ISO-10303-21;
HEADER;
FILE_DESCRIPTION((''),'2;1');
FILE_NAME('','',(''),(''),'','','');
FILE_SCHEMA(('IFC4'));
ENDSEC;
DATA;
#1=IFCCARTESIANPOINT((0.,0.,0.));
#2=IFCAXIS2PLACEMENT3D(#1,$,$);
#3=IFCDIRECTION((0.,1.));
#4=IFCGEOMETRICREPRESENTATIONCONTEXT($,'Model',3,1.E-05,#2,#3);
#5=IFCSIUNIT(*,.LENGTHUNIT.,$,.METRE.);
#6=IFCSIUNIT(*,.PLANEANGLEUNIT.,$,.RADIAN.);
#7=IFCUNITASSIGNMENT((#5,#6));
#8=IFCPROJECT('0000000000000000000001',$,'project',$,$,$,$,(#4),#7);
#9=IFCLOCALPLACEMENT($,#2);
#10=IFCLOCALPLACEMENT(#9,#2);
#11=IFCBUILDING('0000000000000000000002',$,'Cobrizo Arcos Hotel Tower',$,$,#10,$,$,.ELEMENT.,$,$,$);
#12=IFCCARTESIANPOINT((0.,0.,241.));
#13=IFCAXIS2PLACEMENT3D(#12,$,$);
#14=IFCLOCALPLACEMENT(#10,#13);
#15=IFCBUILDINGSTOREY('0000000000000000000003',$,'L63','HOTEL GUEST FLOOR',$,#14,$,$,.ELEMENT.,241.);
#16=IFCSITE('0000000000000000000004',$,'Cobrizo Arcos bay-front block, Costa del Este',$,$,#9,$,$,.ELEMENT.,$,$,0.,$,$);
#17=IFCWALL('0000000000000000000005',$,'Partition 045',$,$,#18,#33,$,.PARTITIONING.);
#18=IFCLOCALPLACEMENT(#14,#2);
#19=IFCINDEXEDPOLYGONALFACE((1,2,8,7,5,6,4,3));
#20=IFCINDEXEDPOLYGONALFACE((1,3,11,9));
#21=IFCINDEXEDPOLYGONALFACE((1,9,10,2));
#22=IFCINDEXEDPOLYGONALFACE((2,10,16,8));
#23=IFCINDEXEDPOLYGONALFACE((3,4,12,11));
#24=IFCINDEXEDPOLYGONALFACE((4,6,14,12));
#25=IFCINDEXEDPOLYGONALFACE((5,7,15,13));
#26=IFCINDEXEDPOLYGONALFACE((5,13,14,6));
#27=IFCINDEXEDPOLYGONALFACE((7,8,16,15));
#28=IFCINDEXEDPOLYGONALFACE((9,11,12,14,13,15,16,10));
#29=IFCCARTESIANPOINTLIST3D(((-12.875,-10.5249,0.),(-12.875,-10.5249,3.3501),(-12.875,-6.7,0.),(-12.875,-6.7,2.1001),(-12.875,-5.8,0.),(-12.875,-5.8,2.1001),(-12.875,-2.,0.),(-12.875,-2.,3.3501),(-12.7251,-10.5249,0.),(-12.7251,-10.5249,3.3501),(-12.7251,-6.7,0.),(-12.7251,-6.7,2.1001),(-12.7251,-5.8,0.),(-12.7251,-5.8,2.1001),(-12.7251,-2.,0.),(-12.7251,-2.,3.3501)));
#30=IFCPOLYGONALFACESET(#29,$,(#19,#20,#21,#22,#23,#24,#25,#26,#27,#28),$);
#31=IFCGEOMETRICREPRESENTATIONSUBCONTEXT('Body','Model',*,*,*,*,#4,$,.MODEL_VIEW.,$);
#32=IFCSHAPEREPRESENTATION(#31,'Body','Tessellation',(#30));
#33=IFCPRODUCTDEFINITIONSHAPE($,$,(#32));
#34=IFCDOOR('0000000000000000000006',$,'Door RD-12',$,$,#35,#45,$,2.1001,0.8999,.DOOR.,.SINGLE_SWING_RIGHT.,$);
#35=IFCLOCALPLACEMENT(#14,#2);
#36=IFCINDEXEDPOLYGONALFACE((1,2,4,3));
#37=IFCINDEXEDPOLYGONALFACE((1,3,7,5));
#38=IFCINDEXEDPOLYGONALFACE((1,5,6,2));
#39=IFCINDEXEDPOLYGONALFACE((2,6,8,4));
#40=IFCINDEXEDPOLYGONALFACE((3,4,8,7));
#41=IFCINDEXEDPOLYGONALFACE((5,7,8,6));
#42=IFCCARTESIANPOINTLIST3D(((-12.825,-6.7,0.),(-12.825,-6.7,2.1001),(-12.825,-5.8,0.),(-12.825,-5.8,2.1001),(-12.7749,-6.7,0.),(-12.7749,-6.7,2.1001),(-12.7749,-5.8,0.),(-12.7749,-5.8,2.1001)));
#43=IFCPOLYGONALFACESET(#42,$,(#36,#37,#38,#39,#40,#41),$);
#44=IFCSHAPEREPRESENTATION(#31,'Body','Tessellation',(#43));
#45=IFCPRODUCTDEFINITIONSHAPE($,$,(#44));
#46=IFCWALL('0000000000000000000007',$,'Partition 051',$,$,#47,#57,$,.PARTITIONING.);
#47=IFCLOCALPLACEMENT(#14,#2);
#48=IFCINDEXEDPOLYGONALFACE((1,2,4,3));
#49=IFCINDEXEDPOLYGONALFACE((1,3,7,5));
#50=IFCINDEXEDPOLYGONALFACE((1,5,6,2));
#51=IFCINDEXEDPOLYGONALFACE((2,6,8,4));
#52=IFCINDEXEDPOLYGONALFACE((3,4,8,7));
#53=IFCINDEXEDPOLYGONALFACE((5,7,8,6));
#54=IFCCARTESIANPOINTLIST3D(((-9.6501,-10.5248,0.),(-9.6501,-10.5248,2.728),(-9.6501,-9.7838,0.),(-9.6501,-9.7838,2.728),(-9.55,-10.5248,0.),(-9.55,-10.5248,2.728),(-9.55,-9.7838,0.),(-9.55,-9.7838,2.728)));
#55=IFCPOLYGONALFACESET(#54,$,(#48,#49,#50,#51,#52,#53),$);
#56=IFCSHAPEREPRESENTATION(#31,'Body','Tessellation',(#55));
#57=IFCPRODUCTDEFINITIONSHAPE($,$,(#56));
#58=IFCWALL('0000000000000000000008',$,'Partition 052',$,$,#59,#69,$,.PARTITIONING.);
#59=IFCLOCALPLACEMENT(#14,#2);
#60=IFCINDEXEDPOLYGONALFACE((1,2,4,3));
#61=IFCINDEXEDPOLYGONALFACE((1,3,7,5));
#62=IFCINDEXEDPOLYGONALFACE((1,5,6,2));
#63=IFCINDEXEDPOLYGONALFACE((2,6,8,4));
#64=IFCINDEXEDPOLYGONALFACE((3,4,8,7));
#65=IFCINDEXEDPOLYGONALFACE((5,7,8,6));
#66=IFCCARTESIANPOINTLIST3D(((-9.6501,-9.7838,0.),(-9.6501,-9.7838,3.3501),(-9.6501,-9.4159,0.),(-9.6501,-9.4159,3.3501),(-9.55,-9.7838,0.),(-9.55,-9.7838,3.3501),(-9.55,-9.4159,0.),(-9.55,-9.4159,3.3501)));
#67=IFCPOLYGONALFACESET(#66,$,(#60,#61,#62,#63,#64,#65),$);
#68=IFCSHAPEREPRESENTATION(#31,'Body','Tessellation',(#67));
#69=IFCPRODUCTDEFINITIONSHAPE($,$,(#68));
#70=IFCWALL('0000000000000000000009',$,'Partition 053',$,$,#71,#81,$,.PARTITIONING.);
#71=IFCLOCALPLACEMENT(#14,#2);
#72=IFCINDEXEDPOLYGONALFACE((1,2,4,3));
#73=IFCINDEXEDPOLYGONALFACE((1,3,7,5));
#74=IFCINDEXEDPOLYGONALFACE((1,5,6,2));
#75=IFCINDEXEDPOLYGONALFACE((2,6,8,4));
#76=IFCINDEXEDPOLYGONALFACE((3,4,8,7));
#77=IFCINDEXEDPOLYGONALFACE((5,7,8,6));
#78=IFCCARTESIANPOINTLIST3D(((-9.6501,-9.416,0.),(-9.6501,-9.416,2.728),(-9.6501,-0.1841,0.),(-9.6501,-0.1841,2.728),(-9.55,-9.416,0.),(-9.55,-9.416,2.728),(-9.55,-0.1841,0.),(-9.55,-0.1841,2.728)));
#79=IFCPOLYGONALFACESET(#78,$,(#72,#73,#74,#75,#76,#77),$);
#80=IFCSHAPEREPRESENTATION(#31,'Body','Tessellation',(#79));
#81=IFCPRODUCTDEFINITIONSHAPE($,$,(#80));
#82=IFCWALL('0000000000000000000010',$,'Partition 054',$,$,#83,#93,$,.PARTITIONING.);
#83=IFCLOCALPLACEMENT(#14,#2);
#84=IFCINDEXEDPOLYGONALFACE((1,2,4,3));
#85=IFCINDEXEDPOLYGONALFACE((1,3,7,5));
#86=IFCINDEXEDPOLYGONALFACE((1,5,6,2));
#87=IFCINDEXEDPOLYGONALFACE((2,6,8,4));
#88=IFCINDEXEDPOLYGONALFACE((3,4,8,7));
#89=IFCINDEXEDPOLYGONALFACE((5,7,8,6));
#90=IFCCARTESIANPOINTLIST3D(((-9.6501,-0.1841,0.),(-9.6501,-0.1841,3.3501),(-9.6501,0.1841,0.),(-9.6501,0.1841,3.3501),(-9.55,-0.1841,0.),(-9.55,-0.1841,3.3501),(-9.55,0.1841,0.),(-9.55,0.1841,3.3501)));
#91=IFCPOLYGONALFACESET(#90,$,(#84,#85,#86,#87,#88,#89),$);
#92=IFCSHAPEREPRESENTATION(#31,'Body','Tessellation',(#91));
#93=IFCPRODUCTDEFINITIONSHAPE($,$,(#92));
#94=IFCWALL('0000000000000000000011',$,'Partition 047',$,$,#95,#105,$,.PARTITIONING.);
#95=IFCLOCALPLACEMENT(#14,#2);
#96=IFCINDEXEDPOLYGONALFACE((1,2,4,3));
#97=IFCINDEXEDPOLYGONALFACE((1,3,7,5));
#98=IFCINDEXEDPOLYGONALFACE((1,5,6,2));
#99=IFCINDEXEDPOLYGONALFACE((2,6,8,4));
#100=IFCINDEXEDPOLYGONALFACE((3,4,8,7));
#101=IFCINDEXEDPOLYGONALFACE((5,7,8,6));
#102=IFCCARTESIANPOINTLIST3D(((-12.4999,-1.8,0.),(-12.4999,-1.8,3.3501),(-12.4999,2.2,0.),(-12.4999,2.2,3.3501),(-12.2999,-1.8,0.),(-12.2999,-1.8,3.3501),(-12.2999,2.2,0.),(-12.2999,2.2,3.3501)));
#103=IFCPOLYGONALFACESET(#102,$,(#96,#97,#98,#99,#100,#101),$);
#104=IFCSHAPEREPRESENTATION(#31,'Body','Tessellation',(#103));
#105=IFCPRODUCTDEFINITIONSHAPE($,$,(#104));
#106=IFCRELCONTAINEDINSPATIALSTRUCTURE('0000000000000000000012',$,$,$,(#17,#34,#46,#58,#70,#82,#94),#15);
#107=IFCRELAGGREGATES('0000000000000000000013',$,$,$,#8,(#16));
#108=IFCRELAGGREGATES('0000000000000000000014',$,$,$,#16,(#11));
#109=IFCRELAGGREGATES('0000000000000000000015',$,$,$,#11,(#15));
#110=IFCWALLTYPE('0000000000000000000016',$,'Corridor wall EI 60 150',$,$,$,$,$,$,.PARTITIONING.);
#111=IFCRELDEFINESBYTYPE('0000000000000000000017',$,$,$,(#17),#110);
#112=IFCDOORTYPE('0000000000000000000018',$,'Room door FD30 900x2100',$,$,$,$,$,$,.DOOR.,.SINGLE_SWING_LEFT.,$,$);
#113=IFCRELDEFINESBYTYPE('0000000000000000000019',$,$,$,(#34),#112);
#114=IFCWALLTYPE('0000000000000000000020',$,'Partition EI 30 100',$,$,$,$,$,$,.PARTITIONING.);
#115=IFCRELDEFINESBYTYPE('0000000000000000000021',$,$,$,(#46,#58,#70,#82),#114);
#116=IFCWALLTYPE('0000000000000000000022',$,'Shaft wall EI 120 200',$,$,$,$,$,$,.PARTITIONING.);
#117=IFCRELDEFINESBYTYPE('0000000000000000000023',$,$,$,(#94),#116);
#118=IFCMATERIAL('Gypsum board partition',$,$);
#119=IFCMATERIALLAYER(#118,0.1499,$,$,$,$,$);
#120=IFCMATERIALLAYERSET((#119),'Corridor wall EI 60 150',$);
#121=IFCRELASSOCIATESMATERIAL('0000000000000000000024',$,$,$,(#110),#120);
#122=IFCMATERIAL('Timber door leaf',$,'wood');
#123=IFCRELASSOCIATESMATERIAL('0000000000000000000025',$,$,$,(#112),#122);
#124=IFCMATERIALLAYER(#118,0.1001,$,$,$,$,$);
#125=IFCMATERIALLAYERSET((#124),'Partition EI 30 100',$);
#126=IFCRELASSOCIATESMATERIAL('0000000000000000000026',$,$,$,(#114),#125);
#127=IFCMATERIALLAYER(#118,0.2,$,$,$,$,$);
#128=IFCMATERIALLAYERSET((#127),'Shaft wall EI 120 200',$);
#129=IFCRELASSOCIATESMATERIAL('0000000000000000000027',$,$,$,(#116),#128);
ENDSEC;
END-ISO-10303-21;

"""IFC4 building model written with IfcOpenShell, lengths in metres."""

from ifc_helpers import new_model, si_unit, direction, frame, frame_2d, origin, place, context, subcontext, project, spatial, rectangle, extrude, material, layer, layer_set, type_object, element, fill, save


model = new_model("IFC4")

# Units and contexts
model_context = context("Model", 3, precision=1e-05, world=origin(), true_north=direction((0.0, 1.0)))
body_context = subcontext(model_context, "Body", "Model", "MODEL_VIEW")
ifc_project = project(units=[si_unit("LENGTHUNIT", "METRE"), si_unit("PLANEANGLEUNIT", "RADIAN")], contexts=[model_context])

# Site, building, storey
site_placement = place(None, origin())
site = spatial("IfcSite", under=ifc_project, at=site_placement, Name="Cobrizo Arcos bay-front block, Costa del Este", CompositionType="ELEMENT", RefElevation=0.0)
building_placement = place(site_placement, origin())
building = spatial("IfcBuilding", under=site, at=building_placement, Name="Cobrizo Arcos Hotel Tower", CompositionType="ELEMENT")
storey_placement = place(building_placement, frame((0.0, 0.0, 241.0)))
storey = spatial("IfcBuildingStorey", under=building, at=storey_placement, Name="L63", Description="HOTEL GUEST FLOOR", CompositionType="ELEMENT", Elevation=241.0)

# Wall, opening, door
ifc_material_1 = material(Name="Gypsum board partition")
ifc_layer_1 = layer(ifc_material_1, 0.1499)
ifc_layer_set_1 = layer_set([ifc_layer_1], Name="Corridor wall EI 60 150")
wall_type_1 = type_object("IfcWallType", Name="Corridor wall EI 60 150", PredefinedType="PARTITIONING", material=ifc_layer_set_1)
ifc_material_2 = material(Name="Timber door leaf", Category="wood")
door_type = type_object("IfcDoorType", Name="Room door FD30 900x2100", OperationType="SINGLE_SWING_LEFT", PredefinedType="DOOR", material=ifc_material_2)
wall_1_placement = place(storey_placement, frame((-12.8, -10.5249, 0.0), z_axis=(0.0, 0.0, 1.0), x_axis=(0.0, 1.0, 0.0)))
wall_1 = element("IfcWall", 1, at=wall_1_placement, inside=storey, type_object=wall_type_1, Name="Partition 045", PredefinedType="PARTITIONING", context=body_context, shape_type="SweptSolid", body=[
    extrude(rectangle(XDim=8.5249, YDim=0.1499, at=frame_2d((4.2625, 0.0))), origin(), (0.0, 0.0, 1.0), 3.3501),
])
opening_1_placement = place(wall_1_placement, frame((3.825, 0.0, 0.0)))
opening_1 = element("IfcOpeningElement", 2, at=opening_1_placement, cuts=wall_1, PredefinedType="OPENING", context=body_context, shape_type="SweptSolid", body=[
    extrude(rectangle(XDim=0.8999, YDim=2.1001, at=frame_2d((0.45, 1.05))), frame((0.0, 0.0869, 0.0), z_axis=(0.0, -1.0, 0.0), x_axis=(1.0, 0.0, 0.0)), (0.0, 0.0, 1.0), 0.1738),
])
door_1_placement = place(opening_1_placement, origin())
door_1 = element("IfcDoor", 3, at=door_1_placement, inside=storey, type_object=door_type, Name="Door RD-12", OperationType="SINGLE_SWING_RIGHT", OverallHeight=2.1001, OverallWidth=0.8999, PredefinedType="DOOR", context=body_context, shape_type="SweptSolid", body=[
    extrude(rectangle(XDim=0.8999, YDim=2.1001, at=frame_2d((0.45, 1.05))), frame((0.0, 0.0249, 0.0), z_axis=(0.0, -1.0, 0.0), x_axis=(1.0, 0.0, 0.0)), (0.0, 0.0, 1.0), 0.05),
])
fill(opening_1, door_1)

# Walls
ifc_layer_2 = layer(ifc_material_1, 0.1001)
ifc_layer_set_2 = layer_set([ifc_layer_2], Name="Partition EI 30 100")
wall_type_2 = type_object("IfcWallType", Name="Partition EI 30 100", PredefinedType="PARTITIONING", material=ifc_layer_set_2)
wall_2_placement = place(storey_placement, frame((-9.6001, -10.5249, 0.0), z_axis=(0.0, 0.0, 1.0), x_axis=(0.0, 1.0, 0.0)))
element("IfcWall", 4, at=wall_2_placement, inside=storey, type_object=wall_type_2, Name="Partition 051", PredefinedType="PARTITIONING", context=body_context, shape_type="SweptSolid", body=[
    extrude(rectangle(XDim=0.741, YDim=0.1001, at=frame_2d((0.3706, 0.0))), origin(), (0.0, 0.0, 1.0), 2.728),
])
wall_3_placement = place(storey_placement, frame((-9.6001, -9.7839, 0.0), z_axis=(0.0, 0.0, 1.0), x_axis=(0.0, 1.0, 0.0)))
element("IfcWall", 5, at=wall_3_placement, inside=storey, type_object=wall_type_2, Name="Partition 052", PredefinedType="PARTITIONING", context=body_context, shape_type="SweptSolid", body=[
    extrude(rectangle(XDim=0.3679, YDim=0.1001, at=frame_2d((0.1841, 0.0))), origin(), (0.0, 0.0, 1.0), 3.3501),
])
wall_4_placement = place(storey_placement, frame((-9.6001, -9.416, 0.0), z_axis=(0.0, 0.0, 1.0), x_axis=(0.0, 1.0, 0.0)))
element("IfcWall", 6, at=wall_4_placement, inside=storey, type_object=wall_type_2, Name="Partition 053", PredefinedType="PARTITIONING", context=body_context, shape_type="SweptSolid", body=[
    extrude(rectangle(XDim=9.2319, YDim=0.1001, at=frame_2d((4.616, 0.0))), origin(), (0.0, 0.0, 1.0), 2.728),
])
wall_5_placement = place(storey_placement, frame((-9.6001, -0.1841, 0.0), z_axis=(0.0, 0.0, 1.0), x_axis=(0.0, 1.0, 0.0)))
element("IfcWall", 7, at=wall_5_placement, inside=storey, type_object=wall_type_2, Name="Partition 054", PredefinedType="PARTITIONING", context=body_context, shape_type="SweptSolid", body=[
    extrude(rectangle(XDim=0.3682, YDim=0.1001, at=frame_2d((0.1841, 0.0))), origin(), (0.0, 0.0, 1.0), 3.3501),
])
ifc_layer_3 = layer(ifc_material_1, 0.2)
ifc_layer_set_3 = layer_set([ifc_layer_3], Name="Shaft wall EI 120 200")
wall_type_3 = type_object("IfcWallType", Name="Shaft wall EI 120 200", PredefinedType="PARTITIONING", material=ifc_layer_set_3)
wall_6_placement = place(storey_placement, frame((-12.3999, -1.8, 0.0), z_axis=(0.0, 0.0, 1.0), x_axis=(0.0, 1.0, 0.0)))
element("IfcWall", 8, at=wall_6_placement, inside=storey, type_object=wall_type_3, Name="Partition 047", PredefinedType="PARTITIONING", context=body_context, shape_type="SweptSolid", body=[
    extrude(rectangle(XDim=4.0, YDim=0.2, at=frame_2d((2.0, 0.0))), origin(), (0.0, 0.0, 1.0), 3.3501),
])

save(model, "model.ifc")
